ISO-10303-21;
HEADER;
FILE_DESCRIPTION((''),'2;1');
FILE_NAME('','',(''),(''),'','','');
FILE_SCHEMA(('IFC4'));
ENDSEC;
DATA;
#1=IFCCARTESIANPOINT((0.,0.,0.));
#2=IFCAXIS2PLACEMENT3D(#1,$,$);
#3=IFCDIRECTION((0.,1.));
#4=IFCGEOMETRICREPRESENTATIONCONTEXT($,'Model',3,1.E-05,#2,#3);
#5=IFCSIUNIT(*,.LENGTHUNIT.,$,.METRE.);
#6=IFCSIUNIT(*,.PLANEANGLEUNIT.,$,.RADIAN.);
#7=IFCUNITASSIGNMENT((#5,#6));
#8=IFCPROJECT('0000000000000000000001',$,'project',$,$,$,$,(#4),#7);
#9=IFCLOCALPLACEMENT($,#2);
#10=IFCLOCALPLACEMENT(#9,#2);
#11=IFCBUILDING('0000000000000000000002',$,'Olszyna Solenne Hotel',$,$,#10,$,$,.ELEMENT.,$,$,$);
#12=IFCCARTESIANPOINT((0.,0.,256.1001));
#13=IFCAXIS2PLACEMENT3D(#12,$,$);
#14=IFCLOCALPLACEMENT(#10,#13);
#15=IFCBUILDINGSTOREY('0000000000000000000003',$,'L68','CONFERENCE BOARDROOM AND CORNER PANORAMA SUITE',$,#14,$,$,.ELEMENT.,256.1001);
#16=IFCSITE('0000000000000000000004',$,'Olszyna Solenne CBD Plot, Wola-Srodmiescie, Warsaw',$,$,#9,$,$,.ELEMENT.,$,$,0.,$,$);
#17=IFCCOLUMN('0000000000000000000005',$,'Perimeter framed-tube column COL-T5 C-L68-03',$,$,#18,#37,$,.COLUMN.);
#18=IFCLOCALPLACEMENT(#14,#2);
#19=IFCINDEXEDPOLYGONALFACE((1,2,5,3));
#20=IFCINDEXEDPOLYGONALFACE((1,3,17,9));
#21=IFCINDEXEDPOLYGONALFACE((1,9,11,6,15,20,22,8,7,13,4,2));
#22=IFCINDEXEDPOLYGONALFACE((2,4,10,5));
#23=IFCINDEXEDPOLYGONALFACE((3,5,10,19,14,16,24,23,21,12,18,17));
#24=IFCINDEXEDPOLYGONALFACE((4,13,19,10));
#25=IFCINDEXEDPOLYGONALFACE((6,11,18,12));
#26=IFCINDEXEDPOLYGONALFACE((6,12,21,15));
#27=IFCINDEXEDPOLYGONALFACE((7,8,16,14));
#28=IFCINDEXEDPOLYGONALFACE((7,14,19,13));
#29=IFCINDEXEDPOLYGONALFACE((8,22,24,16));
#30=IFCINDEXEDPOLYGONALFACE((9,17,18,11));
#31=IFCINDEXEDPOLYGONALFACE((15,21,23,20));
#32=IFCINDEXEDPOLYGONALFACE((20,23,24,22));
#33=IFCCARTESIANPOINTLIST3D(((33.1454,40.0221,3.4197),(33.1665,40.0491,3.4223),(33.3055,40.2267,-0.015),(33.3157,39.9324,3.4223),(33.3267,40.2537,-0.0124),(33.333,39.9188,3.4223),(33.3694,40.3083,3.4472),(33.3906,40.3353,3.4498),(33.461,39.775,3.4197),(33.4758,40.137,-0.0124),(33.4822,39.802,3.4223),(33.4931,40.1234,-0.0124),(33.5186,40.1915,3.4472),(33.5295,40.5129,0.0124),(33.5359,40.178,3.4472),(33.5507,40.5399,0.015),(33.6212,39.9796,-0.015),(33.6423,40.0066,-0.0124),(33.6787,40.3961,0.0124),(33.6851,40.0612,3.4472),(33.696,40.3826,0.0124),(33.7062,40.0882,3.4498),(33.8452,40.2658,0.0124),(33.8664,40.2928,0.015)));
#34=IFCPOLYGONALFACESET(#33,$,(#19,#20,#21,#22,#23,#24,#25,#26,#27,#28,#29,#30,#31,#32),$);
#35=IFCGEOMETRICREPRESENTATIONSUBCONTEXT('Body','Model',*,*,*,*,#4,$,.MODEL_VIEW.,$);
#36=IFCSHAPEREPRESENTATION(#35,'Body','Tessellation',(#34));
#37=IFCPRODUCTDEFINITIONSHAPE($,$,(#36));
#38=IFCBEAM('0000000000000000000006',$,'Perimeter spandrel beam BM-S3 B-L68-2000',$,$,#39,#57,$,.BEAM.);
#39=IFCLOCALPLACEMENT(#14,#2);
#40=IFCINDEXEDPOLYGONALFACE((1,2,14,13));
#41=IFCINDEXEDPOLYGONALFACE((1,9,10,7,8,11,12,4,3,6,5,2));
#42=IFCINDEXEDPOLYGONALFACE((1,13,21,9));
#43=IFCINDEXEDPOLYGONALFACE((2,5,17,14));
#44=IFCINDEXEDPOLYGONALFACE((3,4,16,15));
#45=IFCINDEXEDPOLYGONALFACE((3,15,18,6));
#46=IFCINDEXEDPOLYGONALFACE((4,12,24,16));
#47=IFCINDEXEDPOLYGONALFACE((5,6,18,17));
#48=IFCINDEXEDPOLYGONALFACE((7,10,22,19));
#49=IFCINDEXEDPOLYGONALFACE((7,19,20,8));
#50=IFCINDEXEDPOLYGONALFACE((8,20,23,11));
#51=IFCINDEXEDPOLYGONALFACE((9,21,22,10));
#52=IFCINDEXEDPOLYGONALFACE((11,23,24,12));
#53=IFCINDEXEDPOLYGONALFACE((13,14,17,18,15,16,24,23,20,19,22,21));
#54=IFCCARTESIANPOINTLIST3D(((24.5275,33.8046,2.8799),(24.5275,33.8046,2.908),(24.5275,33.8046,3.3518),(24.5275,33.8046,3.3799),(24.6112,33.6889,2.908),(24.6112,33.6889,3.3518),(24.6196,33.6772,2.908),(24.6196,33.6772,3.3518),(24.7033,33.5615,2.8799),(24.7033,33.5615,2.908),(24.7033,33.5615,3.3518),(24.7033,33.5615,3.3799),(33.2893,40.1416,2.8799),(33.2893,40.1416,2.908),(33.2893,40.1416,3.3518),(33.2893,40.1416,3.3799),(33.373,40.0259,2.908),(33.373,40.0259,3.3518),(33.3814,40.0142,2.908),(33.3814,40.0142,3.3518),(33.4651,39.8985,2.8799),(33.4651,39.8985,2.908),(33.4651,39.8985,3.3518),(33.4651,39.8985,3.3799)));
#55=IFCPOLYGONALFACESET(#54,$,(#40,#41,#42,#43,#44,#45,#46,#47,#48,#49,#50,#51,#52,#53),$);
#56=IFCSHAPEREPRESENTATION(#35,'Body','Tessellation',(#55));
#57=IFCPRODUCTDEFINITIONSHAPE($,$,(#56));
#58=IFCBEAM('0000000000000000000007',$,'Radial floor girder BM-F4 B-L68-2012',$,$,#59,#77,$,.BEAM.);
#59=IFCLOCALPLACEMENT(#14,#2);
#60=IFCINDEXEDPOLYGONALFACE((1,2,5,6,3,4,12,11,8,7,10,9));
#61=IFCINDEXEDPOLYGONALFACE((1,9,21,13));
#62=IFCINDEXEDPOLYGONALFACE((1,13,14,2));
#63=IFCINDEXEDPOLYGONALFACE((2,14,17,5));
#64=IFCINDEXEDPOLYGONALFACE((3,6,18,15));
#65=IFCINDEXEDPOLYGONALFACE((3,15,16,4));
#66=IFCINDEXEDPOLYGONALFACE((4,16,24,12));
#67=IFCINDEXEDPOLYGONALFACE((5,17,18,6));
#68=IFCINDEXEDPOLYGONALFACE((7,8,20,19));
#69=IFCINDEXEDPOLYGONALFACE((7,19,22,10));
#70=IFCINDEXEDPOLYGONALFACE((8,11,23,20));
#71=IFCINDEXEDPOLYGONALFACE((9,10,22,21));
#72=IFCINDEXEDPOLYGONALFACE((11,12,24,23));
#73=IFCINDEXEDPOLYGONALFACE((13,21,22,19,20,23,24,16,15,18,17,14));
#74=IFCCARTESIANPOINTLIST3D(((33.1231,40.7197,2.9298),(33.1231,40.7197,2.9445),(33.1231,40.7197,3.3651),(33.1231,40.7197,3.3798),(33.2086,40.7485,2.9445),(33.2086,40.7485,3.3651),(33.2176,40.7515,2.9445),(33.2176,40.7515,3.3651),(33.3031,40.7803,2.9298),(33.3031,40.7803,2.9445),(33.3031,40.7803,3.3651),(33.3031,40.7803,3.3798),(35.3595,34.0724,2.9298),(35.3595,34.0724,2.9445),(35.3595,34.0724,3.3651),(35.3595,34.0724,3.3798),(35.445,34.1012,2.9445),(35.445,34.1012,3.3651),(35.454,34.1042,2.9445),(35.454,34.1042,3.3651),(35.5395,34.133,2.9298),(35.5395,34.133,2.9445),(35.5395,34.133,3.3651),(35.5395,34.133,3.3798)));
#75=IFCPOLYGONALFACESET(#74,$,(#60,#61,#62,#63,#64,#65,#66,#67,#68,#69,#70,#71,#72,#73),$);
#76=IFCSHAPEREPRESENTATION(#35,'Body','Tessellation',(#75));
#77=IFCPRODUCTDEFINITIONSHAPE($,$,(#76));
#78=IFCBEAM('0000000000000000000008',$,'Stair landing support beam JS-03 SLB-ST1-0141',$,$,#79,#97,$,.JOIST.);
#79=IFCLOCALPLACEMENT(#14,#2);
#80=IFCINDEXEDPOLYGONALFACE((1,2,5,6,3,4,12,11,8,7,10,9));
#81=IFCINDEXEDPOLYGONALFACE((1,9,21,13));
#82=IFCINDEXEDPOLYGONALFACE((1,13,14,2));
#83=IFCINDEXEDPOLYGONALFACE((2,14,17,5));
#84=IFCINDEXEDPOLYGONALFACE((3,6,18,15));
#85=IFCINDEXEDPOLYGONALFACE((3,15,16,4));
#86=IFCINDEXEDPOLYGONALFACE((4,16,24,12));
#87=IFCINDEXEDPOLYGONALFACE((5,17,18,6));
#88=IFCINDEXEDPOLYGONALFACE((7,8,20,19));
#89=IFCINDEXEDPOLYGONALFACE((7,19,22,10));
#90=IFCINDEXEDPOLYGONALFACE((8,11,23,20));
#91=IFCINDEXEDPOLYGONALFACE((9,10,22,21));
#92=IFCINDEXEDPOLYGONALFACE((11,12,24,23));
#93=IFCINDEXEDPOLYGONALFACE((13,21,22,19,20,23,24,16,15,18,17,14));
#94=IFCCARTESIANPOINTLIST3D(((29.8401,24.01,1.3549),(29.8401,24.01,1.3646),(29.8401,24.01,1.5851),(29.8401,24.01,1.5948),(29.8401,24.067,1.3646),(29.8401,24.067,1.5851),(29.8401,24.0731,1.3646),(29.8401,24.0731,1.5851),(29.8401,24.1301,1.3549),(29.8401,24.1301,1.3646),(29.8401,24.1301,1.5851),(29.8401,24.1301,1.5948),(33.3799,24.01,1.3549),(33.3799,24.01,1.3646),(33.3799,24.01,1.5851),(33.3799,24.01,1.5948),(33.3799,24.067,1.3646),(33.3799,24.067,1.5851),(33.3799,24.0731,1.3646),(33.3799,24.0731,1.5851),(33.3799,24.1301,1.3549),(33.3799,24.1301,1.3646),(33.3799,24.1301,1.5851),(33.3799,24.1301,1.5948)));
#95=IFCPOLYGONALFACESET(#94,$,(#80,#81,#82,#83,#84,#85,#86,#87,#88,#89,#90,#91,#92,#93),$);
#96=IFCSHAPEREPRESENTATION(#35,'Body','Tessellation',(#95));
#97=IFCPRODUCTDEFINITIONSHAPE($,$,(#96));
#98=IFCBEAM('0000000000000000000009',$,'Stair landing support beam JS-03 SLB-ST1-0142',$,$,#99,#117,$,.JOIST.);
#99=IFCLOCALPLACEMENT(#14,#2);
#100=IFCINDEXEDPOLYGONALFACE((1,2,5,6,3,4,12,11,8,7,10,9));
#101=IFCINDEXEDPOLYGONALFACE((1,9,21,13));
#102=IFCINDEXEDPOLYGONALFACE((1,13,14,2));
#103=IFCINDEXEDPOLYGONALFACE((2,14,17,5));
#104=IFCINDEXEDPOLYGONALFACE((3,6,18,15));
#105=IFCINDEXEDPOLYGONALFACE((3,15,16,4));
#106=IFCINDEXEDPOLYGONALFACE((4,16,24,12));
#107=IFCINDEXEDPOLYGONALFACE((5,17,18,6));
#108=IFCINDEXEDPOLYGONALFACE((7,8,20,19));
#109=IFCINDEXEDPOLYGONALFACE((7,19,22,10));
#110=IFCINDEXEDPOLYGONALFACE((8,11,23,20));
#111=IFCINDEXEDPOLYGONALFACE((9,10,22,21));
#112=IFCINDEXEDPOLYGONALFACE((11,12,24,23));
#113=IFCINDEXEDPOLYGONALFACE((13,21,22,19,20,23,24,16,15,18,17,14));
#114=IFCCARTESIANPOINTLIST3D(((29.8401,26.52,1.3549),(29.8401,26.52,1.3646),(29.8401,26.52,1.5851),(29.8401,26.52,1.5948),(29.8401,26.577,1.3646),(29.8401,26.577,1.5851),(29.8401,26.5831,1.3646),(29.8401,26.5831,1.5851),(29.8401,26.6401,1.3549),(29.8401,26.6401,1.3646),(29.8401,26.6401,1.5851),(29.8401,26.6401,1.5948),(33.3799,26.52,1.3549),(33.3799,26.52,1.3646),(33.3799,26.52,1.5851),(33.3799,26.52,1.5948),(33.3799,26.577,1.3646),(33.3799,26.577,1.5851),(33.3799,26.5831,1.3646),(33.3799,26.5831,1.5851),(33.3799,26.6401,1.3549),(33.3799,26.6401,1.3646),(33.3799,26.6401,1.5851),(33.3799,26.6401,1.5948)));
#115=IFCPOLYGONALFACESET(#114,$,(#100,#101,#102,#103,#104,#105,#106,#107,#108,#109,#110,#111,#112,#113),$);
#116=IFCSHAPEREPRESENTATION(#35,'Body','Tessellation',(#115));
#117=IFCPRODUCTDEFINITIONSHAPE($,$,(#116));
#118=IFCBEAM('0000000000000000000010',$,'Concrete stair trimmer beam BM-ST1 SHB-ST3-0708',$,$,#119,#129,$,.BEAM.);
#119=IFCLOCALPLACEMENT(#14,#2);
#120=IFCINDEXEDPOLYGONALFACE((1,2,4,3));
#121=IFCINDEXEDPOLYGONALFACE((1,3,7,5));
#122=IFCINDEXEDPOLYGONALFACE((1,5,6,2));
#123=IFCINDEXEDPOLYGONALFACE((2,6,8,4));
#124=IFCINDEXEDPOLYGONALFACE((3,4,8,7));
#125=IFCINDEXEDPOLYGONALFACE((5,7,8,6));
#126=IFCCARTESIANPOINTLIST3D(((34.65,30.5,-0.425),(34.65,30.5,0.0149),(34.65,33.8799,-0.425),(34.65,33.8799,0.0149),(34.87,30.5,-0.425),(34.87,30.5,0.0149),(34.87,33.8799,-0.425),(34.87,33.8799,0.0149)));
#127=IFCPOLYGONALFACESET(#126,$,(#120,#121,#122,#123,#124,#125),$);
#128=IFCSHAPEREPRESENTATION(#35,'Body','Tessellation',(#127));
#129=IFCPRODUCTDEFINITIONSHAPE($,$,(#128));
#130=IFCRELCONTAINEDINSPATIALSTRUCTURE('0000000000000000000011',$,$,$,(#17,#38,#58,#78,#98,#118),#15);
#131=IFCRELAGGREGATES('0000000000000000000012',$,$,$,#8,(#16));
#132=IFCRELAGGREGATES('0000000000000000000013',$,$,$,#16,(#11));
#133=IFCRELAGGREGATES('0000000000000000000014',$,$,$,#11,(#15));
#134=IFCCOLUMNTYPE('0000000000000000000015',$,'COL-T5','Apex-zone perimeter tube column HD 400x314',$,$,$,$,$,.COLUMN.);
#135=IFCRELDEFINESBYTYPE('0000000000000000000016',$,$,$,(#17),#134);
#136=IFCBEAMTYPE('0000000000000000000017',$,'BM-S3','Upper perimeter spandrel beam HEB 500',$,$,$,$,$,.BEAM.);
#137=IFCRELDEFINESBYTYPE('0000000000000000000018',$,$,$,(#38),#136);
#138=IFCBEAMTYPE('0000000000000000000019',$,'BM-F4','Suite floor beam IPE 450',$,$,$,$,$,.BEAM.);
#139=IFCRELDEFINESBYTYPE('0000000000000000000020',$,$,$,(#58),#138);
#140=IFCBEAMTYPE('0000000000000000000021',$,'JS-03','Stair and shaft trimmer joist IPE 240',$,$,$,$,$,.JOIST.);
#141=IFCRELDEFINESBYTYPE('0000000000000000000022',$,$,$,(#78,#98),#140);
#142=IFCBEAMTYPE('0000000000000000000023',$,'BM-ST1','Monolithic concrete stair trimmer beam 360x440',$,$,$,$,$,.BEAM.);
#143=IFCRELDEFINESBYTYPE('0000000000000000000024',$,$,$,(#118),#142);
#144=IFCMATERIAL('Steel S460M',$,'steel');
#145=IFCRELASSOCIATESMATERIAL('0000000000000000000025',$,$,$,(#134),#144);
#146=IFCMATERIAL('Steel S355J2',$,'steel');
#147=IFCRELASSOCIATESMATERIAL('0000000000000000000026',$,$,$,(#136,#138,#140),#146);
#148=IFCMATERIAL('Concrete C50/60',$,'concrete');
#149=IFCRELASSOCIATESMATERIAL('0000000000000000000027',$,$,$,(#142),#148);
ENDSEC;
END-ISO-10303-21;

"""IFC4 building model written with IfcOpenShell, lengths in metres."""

from ifc_helpers import new_model, si_unit, direction, frame, origin, origin_2d, place, context, subcontext, project, spatial, rectangle, i_section, extrude, source, transform, mapped, material, material_profile, profile_set, type_object, element, save


model = new_model("IFC4")

# Units and contexts
model_context = context("Model", 3, precision=1e-05, world=origin(), true_north=direction((0.0, 1.0)))
body_context = subcontext(model_context, "Body", "Model", "MODEL_VIEW")
ifc_project = project(units=[si_unit("LENGTHUNIT", "METRE"), si_unit("PLANEANGLEUNIT", "RADIAN")], contexts=[model_context])

# Site, building, storey
site_placement = place(None, origin())
site = spatial("IfcSite", under=ifc_project, at=site_placement, Name="Olszyna Solenne CBD Plot, Wola-Srodmiescie, Warsaw", CompositionType="ELEMENT", RefElevation=0.0)
building_placement = place(site_placement, origin())
building = spatial("IfcBuilding", under=site, at=building_placement, Name="Olszyna Solenne Hotel", CompositionType="ELEMENT")
storey_placement = place(building_placement, frame((0.0, 0.0, 256.1001)))
storey = spatial("IfcBuildingStorey", under=building, at=storey_placement, Name="L68", Description="CONFERENCE BOARDROOM AND CORNER PANORAMA SUITE", CompositionType="ELEMENT", Elevation=256.1001)

# Column
ifc_material_1 = material(Name="Steel S460M", Category="steel")
ifc_material_profile_1 = material_profile(ifc_material_1, i_section(OverallWidth=0.4009, OverallDepth=0.3989, WebThickness=0.022, FlangeThickness=0.0344, at=origin_2d()), Name="HD 400x314", Category="load-bearing")
ifc_profile_set_1 = profile_set([ifc_material_profile_1], Name="Steel S460M")
column_type = type_object("IfcColumnType", Name="COL-T5", Description="Apex-zone perimeter tube column HD 400x314", PredefinedType="COLUMN", material=ifc_profile_set_1)
shared_shape_1 = source(origin(), body_context, "Body", "SweptSolid", [
    extrude(i_section(OverallWidth=0.4009, OverallDepth=0.3989, WebThickness=0.022, FlangeThickness=0.0344, at=origin_2d()), origin(), (0.0, 0.0, 1.0), 3.4446),
])
column_placement = place(storey_placement, frame((33.5859, 40.2598, 0.0), z_axis=(-0.046495, -0.059394, 0.997151), x_axis=(0.787426, -0.61641, 0.0)))
element("IfcColumn", 1, at=column_placement, inside=storey, type_object=column_type, Name="Perimeter framed-tube column COL-T5 C-L68-03", PredefinedType="COLUMN", context=body_context, shape_type="MappedRepresentation", body=[
    mapped(shared_shape_1, transform((0.0, 0.0, 0.0), x_axis=(1.0, 0.0, 0.0), y_axis=(0.0, 1.0, 0.0), z_axis=(0.0, 0.0, 1.0), scale=1.0)),
])

# Beams
ifc_material_2 = material(Name="Steel S355J2", Category="steel")
ifc_material_profile_2 = material_profile(ifc_material_2, i_section(OverallWidth=0.3, OverallDepth=0.5, WebThickness=0.0144, FlangeThickness=0.0281, at=origin_2d()), Name="HEB 500", Category="load-bearing")
ifc_profile_set_2 = profile_set([ifc_material_profile_2], Name="Steel S355J2")
beam_type_1 = type_object("IfcBeamType", Name="BM-S3", Description="Upper perimeter spandrel beam HEB 500", PredefinedType="BEAM", material=ifc_profile_set_2)
shared_shape_2 = source(origin(), body_context, "Body", "SweptSolid", [
    extrude(i_section(OverallWidth=0.3, OverallDepth=0.5, WebThickness=0.0144, FlangeThickness=0.0281, at=origin_2d()), origin(), (0.0, 0.0, 1.0), 10.8132),
])
beam_1_placement = place(storey_placement, frame((33.3772, 40.02, 3.1299), z_axis=(-0.810284, -0.586038, 0.0), x_axis=(0.586038, -0.810284, 0.0)))
element("IfcBeam", 2, at=beam_1_placement, inside=storey, type_object=beam_type_1, Name="Perimeter spandrel beam BM-S3 B-L68-2000", PredefinedType="BEAM", context=body_context, shape_type="MappedRepresentation", body=[
    mapped(shared_shape_2, transform((0.0, 0.0, 0.0), x_axis=(1.0, 0.0, 0.0), y_axis=(0.0, 1.0, 0.0), z_axis=(0.0, 0.0, 1.0), scale=1.0)),
])
ifc_material_profile_3 = material_profile(ifc_material_2, i_section(OverallWidth=0.1899, OverallDepth=0.45, WebThickness=0.0095, FlangeThickness=0.0146, at=origin_2d()), Name="IPE 450", Category="load-bearing")
ifc_profile_set_3 = profile_set([ifc_material_profile_3], Name="Steel S355J2")
beam_type_2 = type_object("IfcBeamType", Name="BM-F4", Description="Suite floor beam IPE 450", PredefinedType="BEAM", material=ifc_profile_set_3)
shared_shape_3 = source(origin(), body_context, "Body", "SweptSolid", [
    extrude(i_section(OverallWidth=0.1899, OverallDepth=0.45, WebThickness=0.0095, FlangeThickness=0.0146, at=origin_2d()), origin(), (0.0, 0.0, 1.0), 7.0134),
])
beam_2_placement = place(storey_placement, frame((33.2131, 40.75, 3.1548), z_axis=(0.318869, -0.947799, 0.0), x_axis=(0.947799, 0.318869, 0.0)))
element("IfcBeam", 3, at=beam_2_placement, inside=storey, type_object=beam_type_2, Name="Radial floor girder BM-F4 B-L68-2012", PredefinedType="BEAM", context=body_context, shape_type="MappedRepresentation", body=[
    mapped(shared_shape_3, transform((0.0, 0.0, 0.0), x_axis=(1.0, 0.0, 0.0), y_axis=(0.0, 1.0, 0.0), z_axis=(0.0, 0.0, 1.0), scale=1.0)),
])
ifc_material_profile_4 = material_profile(ifc_material_2, i_section(OverallWidth=0.1201, OverallDepth=0.24, WebThickness=0.0061, FlangeThickness=0.0098, at=origin_2d()), Name="IPE 240", Category="load-bearing")
ifc_profile_set_4 = profile_set([ifc_material_profile_4], Name="Steel S355J2")
beam_type_3 = type_object("IfcBeamType", Name="JS-03", Description="Stair and shaft trimmer joist IPE 240", PredefinedType="JOIST", material=ifc_profile_set_4)
shared_shape_4 = source(origin(), body_context, "Body", "SweptSolid", [
    extrude(i_section(OverallWidth=0.1201, OverallDepth=0.24, WebThickness=0.0061, FlangeThickness=0.0098, at=origin_2d()), origin(), (0.0, 0.0, 1.0), 3.5398),
])
for number, where, z_axis, x_axis, name in (
    (4, (33.3799, 24.0701, 1.4749), (-1.0, 0.0, 0.0), (0.0, -1.0, 0.0), "Stair landing support beam JS-03 SLB-ST1-0141"),
    (5, (33.3799, 26.5801, 1.4749), (-1.0, 0.0, 0.0), (0.0, -1.0, 0.0), "Stair landing support beam JS-03 SLB-ST1-0142"),
):
    element("IfcBeam", number, at=place(storey_placement, frame(where, z_axis=z_axis, x_axis=x_axis)), inside=storey, type_object=beam_type_3, Name=name, PredefinedType="JOIST", context=body_context, shape_type="MappedRepresentation", body=[
        mapped(shared_shape_4, transform((0.0, 0.0, 0.0), x_axis=(1.0, 0.0, 0.0), y_axis=(0.0, 1.0, 0.0), z_axis=(0.0, 0.0, 1.0), scale=1.0)),
    ])
ifc_material_3 = material(Name="Concrete C50/60", Category="concrete")
ifc_material_profile_5 = material_profile(ifc_material_3, rectangle(XDim=0.22, YDim=0.4399, at=origin_2d()), Name="RC 220x440", Category="load-bearing")
ifc_profile_set_5 = profile_set([ifc_material_profile_5], Name="Concrete C50/60")
beam_type_4 = type_object("IfcBeamType", Name="BM-ST1", Description="Monolithic concrete stair trimmer beam 360x440", PredefinedType="BEAM", material=ifc_profile_set_5)
shared_shape_5 = source(origin(), body_context, "Body", "SweptSolid", [
    extrude(rectangle(XDim=0.22, YDim=0.4399, at=origin_2d()), origin(), (0.0, 0.0, 1.0), 3.3799),
])
beam_3_placement = place(storey_placement, frame((34.76, 30.5, -0.2051), z_axis=(0.0, 1.0, 0.0), x_axis=(-1.0, 0.0, 0.0)))
element("IfcBeam", 6, at=beam_3_placement, inside=storey, type_object=beam_type_4, Name="Concrete stair trimmer beam BM-ST1 SHB-ST3-0708", PredefinedType="BEAM", context=body_context, shape_type="MappedRepresentation", body=[
    mapped(shared_shape_5, transform((0.0, 0.0, 0.0), x_axis=(1.0, 0.0, 0.0), y_axis=(0.0, 1.0, 0.0), z_axis=(0.0, 0.0, 1.0), scale=1.0)),
])

save(model, "model.ifc")
